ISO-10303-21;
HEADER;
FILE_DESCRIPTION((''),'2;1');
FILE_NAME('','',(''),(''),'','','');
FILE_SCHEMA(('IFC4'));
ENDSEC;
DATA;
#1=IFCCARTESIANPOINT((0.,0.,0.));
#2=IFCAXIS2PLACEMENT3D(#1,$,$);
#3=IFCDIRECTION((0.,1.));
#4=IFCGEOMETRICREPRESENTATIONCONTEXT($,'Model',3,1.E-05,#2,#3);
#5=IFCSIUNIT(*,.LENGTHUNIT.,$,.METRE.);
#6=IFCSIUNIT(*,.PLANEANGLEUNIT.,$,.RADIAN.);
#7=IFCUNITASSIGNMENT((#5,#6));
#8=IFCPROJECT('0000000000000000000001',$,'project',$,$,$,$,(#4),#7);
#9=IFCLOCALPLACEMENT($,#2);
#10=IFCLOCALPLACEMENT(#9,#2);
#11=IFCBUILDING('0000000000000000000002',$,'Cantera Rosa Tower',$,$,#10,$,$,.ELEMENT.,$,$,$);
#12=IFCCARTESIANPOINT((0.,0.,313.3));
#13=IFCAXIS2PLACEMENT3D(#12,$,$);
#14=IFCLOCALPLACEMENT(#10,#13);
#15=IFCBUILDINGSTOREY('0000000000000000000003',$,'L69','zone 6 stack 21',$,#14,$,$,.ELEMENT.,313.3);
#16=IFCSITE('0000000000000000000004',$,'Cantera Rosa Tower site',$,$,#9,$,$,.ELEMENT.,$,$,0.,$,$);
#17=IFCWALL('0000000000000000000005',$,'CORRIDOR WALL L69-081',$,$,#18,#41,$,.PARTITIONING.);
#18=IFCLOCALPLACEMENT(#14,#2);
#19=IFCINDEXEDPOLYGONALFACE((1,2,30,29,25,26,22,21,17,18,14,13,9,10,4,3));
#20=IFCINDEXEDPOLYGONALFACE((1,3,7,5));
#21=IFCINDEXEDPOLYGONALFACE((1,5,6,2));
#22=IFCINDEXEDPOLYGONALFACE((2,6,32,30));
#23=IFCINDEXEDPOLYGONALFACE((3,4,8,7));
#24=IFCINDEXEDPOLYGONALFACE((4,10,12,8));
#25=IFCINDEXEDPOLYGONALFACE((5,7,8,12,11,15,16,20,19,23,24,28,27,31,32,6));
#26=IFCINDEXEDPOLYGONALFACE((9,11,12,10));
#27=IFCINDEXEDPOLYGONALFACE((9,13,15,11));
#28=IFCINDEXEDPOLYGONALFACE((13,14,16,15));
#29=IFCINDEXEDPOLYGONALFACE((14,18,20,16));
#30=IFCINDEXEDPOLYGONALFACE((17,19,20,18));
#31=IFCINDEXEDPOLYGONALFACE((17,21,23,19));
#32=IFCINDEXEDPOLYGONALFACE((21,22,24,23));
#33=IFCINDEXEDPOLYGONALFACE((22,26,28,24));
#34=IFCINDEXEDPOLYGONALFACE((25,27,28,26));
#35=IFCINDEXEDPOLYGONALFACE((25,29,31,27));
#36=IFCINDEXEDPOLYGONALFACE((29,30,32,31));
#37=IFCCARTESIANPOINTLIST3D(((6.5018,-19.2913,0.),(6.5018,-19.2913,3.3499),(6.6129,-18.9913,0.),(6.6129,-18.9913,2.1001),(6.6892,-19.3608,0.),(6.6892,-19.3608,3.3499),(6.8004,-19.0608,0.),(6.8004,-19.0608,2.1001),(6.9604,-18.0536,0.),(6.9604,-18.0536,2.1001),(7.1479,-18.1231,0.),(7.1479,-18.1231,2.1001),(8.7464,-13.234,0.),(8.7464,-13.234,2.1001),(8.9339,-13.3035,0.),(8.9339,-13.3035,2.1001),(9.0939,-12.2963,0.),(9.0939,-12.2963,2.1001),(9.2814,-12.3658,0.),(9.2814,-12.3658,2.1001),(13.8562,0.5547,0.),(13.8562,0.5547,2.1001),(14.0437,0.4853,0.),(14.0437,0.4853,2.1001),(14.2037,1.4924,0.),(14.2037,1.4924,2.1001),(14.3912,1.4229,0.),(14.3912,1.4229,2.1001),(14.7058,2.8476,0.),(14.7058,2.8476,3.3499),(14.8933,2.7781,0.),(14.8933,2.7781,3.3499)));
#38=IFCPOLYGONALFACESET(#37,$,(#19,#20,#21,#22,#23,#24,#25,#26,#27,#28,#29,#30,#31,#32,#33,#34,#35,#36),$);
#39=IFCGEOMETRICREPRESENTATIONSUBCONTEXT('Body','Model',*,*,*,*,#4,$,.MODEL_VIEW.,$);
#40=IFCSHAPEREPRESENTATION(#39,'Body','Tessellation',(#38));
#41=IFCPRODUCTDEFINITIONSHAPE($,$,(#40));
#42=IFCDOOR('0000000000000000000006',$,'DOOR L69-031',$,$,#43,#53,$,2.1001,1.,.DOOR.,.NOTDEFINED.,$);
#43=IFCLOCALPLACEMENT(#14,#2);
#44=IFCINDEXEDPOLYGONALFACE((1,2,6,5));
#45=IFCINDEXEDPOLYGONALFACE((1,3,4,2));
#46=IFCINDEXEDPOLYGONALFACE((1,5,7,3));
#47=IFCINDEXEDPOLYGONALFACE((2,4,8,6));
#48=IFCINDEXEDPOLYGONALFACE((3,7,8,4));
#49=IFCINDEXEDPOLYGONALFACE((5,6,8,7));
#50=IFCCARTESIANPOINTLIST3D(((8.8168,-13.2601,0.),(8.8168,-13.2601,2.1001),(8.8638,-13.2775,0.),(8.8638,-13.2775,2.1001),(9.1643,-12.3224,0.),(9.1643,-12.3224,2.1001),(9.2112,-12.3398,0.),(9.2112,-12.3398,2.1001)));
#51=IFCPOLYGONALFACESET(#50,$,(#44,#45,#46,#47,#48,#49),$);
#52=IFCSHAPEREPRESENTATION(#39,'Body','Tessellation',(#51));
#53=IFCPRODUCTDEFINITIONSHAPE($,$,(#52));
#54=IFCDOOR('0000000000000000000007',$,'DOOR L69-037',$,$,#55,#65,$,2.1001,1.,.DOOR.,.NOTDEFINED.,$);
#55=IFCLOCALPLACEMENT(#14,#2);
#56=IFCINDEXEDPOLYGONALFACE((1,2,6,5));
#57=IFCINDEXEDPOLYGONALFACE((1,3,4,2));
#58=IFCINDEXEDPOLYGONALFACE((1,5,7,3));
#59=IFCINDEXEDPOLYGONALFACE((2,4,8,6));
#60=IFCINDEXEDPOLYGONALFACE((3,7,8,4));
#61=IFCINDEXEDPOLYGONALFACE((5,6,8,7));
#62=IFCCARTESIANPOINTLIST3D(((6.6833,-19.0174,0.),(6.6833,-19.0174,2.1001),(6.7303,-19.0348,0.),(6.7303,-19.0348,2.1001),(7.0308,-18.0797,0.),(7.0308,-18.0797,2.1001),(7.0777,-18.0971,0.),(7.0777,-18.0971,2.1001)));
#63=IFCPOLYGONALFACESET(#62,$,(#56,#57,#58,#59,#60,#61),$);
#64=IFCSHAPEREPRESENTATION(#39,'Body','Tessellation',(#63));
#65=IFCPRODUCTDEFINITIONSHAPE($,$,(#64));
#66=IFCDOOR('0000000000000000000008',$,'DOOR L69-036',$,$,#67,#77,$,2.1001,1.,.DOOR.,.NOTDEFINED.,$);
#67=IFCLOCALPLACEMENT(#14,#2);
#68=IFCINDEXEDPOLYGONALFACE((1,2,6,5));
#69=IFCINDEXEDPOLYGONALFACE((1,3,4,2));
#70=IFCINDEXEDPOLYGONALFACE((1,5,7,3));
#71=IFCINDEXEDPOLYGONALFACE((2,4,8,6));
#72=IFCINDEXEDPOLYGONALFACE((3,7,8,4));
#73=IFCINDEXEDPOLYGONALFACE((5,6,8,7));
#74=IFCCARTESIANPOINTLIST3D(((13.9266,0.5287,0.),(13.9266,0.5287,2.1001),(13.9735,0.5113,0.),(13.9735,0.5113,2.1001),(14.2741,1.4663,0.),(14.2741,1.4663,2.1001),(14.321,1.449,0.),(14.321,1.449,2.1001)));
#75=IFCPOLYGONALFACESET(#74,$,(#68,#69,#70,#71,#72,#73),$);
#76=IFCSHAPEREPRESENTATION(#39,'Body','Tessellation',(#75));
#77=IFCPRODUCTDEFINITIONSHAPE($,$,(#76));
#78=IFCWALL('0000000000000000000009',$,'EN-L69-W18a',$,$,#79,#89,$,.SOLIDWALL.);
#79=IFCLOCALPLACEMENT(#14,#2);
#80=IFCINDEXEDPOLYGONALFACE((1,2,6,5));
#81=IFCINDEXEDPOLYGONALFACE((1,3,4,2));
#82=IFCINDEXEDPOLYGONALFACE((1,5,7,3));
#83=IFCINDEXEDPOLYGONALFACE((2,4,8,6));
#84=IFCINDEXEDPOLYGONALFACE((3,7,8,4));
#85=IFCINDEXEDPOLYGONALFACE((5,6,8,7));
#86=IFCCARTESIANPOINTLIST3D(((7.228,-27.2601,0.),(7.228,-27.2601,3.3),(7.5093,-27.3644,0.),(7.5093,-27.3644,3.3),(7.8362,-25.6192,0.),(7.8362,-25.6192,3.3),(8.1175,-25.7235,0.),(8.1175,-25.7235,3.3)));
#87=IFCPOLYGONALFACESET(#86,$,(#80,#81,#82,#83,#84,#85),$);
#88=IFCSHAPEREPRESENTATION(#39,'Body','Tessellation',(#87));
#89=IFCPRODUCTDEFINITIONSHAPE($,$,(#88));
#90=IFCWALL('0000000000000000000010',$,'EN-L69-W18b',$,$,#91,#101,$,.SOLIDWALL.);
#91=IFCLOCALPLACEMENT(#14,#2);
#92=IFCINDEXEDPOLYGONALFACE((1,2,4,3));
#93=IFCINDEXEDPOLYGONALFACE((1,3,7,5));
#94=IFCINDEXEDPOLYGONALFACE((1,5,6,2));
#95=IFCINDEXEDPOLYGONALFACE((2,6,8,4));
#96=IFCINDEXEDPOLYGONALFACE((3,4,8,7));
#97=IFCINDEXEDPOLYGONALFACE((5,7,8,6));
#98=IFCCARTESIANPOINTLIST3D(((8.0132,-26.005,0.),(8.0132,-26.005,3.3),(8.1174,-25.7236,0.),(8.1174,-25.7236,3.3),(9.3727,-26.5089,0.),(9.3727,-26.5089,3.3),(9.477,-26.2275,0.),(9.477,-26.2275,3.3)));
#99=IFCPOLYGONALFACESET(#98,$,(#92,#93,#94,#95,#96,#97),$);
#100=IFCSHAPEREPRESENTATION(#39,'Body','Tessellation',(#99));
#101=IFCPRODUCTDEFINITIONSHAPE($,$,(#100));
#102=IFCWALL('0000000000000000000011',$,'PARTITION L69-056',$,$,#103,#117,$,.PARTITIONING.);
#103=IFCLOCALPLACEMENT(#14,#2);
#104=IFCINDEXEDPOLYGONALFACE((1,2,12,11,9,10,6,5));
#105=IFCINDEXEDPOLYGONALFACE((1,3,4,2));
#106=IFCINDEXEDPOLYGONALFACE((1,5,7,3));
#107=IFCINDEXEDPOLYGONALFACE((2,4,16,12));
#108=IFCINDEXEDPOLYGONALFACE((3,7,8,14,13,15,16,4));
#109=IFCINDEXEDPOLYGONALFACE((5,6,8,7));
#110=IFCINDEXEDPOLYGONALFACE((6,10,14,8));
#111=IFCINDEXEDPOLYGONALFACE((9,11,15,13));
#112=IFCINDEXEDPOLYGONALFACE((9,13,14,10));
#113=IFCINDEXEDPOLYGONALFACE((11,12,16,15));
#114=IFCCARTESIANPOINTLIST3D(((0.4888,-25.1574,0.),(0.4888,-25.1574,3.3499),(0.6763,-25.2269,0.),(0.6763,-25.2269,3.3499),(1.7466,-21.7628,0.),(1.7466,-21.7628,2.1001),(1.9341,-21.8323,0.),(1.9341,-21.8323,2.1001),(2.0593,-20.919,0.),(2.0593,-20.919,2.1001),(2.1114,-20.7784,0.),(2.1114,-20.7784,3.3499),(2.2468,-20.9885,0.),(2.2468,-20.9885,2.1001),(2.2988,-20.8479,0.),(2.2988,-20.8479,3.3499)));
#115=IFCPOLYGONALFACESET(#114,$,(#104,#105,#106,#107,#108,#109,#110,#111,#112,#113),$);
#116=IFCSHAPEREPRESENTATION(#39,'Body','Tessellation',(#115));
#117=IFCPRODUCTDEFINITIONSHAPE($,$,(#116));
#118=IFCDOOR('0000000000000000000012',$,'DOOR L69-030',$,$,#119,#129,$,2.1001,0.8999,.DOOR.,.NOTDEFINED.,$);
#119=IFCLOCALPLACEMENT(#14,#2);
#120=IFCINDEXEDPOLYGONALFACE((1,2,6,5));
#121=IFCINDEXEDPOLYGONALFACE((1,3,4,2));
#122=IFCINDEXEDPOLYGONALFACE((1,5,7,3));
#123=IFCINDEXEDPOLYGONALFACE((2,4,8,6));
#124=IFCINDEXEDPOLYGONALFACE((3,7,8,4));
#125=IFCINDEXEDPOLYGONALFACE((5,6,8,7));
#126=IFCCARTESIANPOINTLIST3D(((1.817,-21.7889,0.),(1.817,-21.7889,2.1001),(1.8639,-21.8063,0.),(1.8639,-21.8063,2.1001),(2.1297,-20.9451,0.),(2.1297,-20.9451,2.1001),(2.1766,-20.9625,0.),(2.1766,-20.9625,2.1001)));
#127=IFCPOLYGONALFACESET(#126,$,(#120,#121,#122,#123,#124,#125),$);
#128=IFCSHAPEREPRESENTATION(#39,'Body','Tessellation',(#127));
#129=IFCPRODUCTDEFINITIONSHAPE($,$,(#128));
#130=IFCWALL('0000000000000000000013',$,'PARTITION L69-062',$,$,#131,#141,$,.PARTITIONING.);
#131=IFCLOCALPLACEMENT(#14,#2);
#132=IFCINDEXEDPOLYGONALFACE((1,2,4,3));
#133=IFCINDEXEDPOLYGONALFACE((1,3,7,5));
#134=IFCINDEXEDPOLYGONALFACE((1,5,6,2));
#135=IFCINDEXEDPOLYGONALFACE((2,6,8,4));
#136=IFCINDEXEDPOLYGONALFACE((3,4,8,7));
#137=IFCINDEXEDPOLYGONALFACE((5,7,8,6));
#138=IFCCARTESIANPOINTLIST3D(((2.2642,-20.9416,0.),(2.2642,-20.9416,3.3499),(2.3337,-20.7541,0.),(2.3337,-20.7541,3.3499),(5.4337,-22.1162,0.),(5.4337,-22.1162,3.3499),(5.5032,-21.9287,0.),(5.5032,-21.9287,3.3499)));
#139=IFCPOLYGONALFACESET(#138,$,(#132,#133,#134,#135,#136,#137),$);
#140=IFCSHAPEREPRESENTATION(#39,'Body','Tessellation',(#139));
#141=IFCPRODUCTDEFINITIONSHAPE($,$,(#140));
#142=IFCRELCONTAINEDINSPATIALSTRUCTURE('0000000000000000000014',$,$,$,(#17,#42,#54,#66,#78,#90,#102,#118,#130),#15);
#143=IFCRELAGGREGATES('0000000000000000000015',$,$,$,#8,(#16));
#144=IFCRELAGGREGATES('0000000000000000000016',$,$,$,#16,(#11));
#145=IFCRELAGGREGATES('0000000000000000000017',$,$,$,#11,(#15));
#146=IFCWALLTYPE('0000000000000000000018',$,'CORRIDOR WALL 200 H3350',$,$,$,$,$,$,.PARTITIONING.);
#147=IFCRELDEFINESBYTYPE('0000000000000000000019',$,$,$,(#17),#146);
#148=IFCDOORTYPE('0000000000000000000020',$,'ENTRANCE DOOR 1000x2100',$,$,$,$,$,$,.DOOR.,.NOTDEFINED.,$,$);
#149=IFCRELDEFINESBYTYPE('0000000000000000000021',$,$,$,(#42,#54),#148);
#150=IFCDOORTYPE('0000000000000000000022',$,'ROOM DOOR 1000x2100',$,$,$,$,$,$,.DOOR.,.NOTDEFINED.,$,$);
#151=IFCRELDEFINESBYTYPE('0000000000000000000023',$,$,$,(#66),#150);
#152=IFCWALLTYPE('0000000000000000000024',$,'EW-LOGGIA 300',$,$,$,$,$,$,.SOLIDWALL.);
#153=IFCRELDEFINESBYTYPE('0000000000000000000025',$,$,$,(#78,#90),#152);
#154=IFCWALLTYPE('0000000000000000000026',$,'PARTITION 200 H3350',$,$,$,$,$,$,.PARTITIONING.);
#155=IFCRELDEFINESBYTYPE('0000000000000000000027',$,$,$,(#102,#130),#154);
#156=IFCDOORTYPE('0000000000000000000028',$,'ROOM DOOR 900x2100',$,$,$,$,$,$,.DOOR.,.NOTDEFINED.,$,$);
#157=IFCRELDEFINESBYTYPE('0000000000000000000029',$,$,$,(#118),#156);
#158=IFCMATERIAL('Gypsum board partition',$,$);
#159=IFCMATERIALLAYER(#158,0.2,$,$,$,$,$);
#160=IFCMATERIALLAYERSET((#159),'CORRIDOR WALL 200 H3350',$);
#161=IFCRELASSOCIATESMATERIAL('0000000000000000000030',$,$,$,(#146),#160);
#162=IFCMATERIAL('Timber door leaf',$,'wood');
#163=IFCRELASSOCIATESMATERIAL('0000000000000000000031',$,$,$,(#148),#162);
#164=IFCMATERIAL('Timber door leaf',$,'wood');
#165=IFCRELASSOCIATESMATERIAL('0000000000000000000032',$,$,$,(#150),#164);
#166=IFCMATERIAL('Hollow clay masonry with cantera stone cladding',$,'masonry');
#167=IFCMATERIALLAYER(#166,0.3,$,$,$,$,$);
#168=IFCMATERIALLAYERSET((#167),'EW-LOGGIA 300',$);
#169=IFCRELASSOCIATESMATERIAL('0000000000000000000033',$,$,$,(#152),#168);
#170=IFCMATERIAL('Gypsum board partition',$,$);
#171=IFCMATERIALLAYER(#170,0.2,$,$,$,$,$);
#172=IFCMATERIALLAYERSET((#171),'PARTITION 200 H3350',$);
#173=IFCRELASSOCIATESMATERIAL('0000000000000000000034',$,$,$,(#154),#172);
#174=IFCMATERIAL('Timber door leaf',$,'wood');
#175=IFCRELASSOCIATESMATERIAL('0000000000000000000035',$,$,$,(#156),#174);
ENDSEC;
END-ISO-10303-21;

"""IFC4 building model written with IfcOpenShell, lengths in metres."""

from ifc_helpers import new_model, si_unit, direction, frame, frame_2d, origin, place, context, subcontext, project, spatial, rectangle, extrude, material, layer, layer_set, type_object, element, fill, save


model = new_model("IFC4")

# Units and contexts
model_context = context("Model", 3, precision=1e-05, world=origin(), true_north=direction((0.0, 1.0)))
body_context = subcontext(model_context, "Body", "Model", "MODEL_VIEW")
ifc_project = project(units=[si_unit("LENGTHUNIT", "METRE"), si_unit("PLANEANGLEUNIT", "RADIAN")], contexts=[model_context])

# Site, building, storey
site_placement = place(None, origin())
site = spatial("IfcSite", under=ifc_project, at=site_placement, Name="Cantera Rosa Tower site", CompositionType="ELEMENT", RefElevation=0.0)
building_placement = place(site_placement, origin())
building = spatial("IfcBuilding", under=site, at=building_placement, Name="Cantera Rosa Tower", CompositionType="ELEMENT")
storey_placement = place(building_placement, frame((0.0, 0.0, 313.3)))
storey = spatial("IfcBuildingStorey", under=building, at=storey_placement, Name="L69", Description="zone 6 stack 21", CompositionType="ELEMENT", Elevation=313.3)

# Wall, openings, doors
ifc_material_1 = material(Name="Gypsum board partition")
ifc_layer_1 = layer(ifc_material_1, 0.2)
ifc_layer_set_1 = layer_set([ifc_layer_1], Name="CORRIDOR WALL 200 H3350")
wall_type_1 = type_object("IfcWallType", Name="CORRIDOR WALL 200 H3350", PredefinedType="PARTITIONING", material=ifc_layer_set_1)
wall_1_placement = place(storey_placement, frame((6.5955, -19.3262, 0.0), z_axis=(0.0, 0.0, 1.0), x_axis=(0.347482, 0.937687, 0.0)))
wall_1 = element("IfcWall", 1, at=wall_1_placement, inside=storey, type_object=wall_type_1, Name="CORRIDOR WALL L69-081", PredefinedType="PARTITIONING", context=body_context, shape_type="SweptSolid", body=[
    extrude(rectangle(XDim=23.6101, YDim=0.2, at=frame_2d((11.8052, 0.0))), origin(), (0.0, 0.0, 1.0), 3.3499),
])
opening_1_placement = place(wall_1_placement, frame((6.46, 0.0, 0.0)))
opening_1 = element("IfcOpeningElement", 2, at=opening_1_placement, cuts=wall_1, PredefinedType="OPENING", context=body_context, shape_type="SweptSolid", body=[
    extrude(rectangle(XDim=1.0, YDim=2.1001, at=frame_2d((0.5, 1.05))), frame((0.0, 0.1099, 0.0), z_axis=(0.0, -1.0, 0.0), x_axis=(1.0, 0.0, 0.0)), (0.0, 0.0, 1.0), 0.22),
])
opening_2_placement = place(wall_1_placement, frame((21.165, 0.0, 0.0)))
opening_2 = element("IfcOpeningElement", 3, at=opening_2_placement, cuts=wall_1, PredefinedType="OPENING", context=body_context, shape_type="SweptSolid", body=[
    extrude(rectangle(XDim=1.0, YDim=2.1001, at=frame_2d((0.5, 1.05))), frame((0.0, 0.1099, 0.0), z_axis=(0.0, -1.0, 0.0), x_axis=(1.0, 0.0, 0.0)), (0.0, 0.0, 1.0), 0.22),
])
opening_3_placement = place(wall_1_placement, frame((0.3201, 0.0, 0.0)))
opening_3 = element("IfcOpeningElement", 4, at=opening_3_placement, cuts=wall_1, PredefinedType="OPENING", context=body_context, shape_type="SweptSolid", body=[
    extrude(rectangle(XDim=1.0, YDim=2.1001, at=frame_2d((0.5, 1.05))), frame((0.0, 0.1099, 0.0), z_axis=(0.0, -1.0, 0.0), x_axis=(1.0, 0.0, 0.0)), (0.0, 0.0, 1.0), 0.22),
])
ifc_material_2 = material(Name="Timber door leaf", Category="wood")
door_type_1 = type_object("IfcDoorType", Name="ENTRANCE DOOR 1000x2100", OperationType="NOTDEFINED", PredefinedType="DOOR", material=ifc_material_2)
door_1_placement = place(opening_1_placement, origin())
door_1 = element("IfcDoor", 5, at=door_1_placement, inside=storey, type_object=door_type_1, Name="DOOR L69-031", OperationType="NOTDEFINED", OverallHeight=2.1001, OverallWidth=1.0, PredefinedType="DOOR", context=body_context, shape_type="SweptSolid", body=[
    extrude(rectangle(XDim=1.0, YDim=2.1001, at=frame_2d((0.5, 1.05))), frame((0.0, 0.0249, 0.0), z_axis=(0.0, -1.0, 0.0), x_axis=(1.0, 0.0, 0.0)), (0.0, 0.0, 1.0), 0.05),
])
fill(opening_1, door_1)
door_2_placement = place(opening_3_placement, origin())
door_2 = element("IfcDoor", 6, at=door_2_placement, inside=storey, type_object=door_type_1, Name="DOOR L69-037", OperationType="NOTDEFINED", OverallHeight=2.1001, OverallWidth=1.0, PredefinedType="DOOR", context=body_context, shape_type="SweptSolid", body=[
    extrude(rectangle(XDim=1.0, YDim=2.1001, at=frame_2d((0.5, 1.05))), frame((0.0, 0.0249, 0.0), z_axis=(0.0, -1.0, 0.0), x_axis=(1.0, 0.0, 0.0)), (0.0, 0.0, 1.0), 0.05),
])
fill(opening_3, door_2)
ifc_material_3 = material(Name="Timber door leaf", Category="wood")
door_type_2 = type_object("IfcDoorType", Name="ROOM DOOR 1000x2100", OperationType="NOTDEFINED", PredefinedType="DOOR", material=ifc_material_3)
door_3_placement = place(opening_2_placement, origin())
door_3 = element("IfcDoor", 7, at=door_3_placement, inside=storey, type_object=door_type_2, Name="DOOR L69-036", OperationType="NOTDEFINED", OverallHeight=2.1001, OverallWidth=1.0, PredefinedType="DOOR", context=body_context, shape_type="SweptSolid", body=[
    extrude(rectangle(XDim=1.0, YDim=2.1001, at=frame_2d((0.5, 1.05))), frame((0.0, 0.0249, 0.0), z_axis=(0.0, -1.0, 0.0), x_axis=(1.0, 0.0, 0.0)), (0.0, 0.0, 1.0), 0.05),
])
fill(opening_2, door_3)

# Walls
ifc_material_4 = material(Name="Hollow clay masonry with cantera stone cladding", Category="masonry")
ifc_layer_2 = layer(ifc_material_4, 0.3)
ifc_layer_set_2 = layer_set([ifc_layer_2], Name="EW-LOGGIA 300")
wall_type_2 = type_object("IfcWallType", Name="EW-LOGGIA 300", PredefinedType="SOLIDWALL", material=ifc_layer_set_2)
wall_2_placement = place(storey_placement, frame((7.3687, -27.3123, 0.0), z_axis=(0.0, 0.0, 1.0), x_axis=(0.347528, 0.93767, 0.0)))
element("IfcWall", 8, at=wall_2_placement, inside=storey, type_object=wall_type_2, Name="EN-L69-W18a", PredefinedType="SOLIDWALL", context=body_context, shape_type="SweptSolid", body=[
    extrude(rectangle(XDim=1.75, YDim=0.3, at=frame_2d((0.875, 0.0))), origin(), (0.0, 0.0, 1.0), 3.3),
])
wall_3_placement = place(storey_placement, frame((8.0652, -25.8643, 0.0), z_axis=(0.0, 0.0, 1.0), x_axis=(0.937672, -0.347523, 0.0)))
element("IfcWall", 9, at=wall_3_placement, inside=storey, type_object=wall_type_2, Name="EN-L69-W18b", PredefinedType="SOLIDWALL", context=body_context, shape_type="SweptSolid", body=[
    extrude(rectangle(XDim=1.45, YDim=0.3, at=frame_2d((0.7251, 0.0))), origin(), (0.0, 0.0, 1.0), 3.3),
])

# Wall, opening, door
ifc_material_5 = material(Name="Gypsum board partition")
ifc_layer_3 = layer(ifc_material_5, 0.2)
ifc_layer_set_3 = layer_set([ifc_layer_3], Name="PARTITION 200 H3350")
wall_type_3 = type_object("IfcWallType", Name="PARTITION 200 H3350", PredefinedType="PARTITIONING", material=ifc_layer_set_3)
wall_4_placement = place(storey_placement, frame((0.5825, -25.1921, 0.0), z_axis=(0.0, 0.0, 1.0), x_axis=(0.347454, 0.937697, 0.0)))
wall_4 = element("IfcWall", 10, at=wall_4_placement, inside=storey, type_object=wall_type_3, Name="PARTITION L69-056", PredefinedType="PARTITIONING", context=body_context, shape_type="SweptSolid", body=[
    extrude(rectangle(XDim=4.6699, YDim=0.2, at=frame_2d((2.335, 0.0))), origin(), (0.0, 0.0, 1.0), 3.3499),
])
opening_4_placement = place(wall_4_placement, frame((3.6201, 0.0, 0.0)))
opening_4 = element("IfcOpeningElement", 11, at=opening_4_placement, cuts=wall_4, PredefinedType="OPENING", context=body_context, shape_type="SweptSolid", body=[
    extrude(rectangle(XDim=0.8999, YDim=2.1001, at=frame_2d((0.45, 1.05))), frame((0.0, 0.1099, 0.0), z_axis=(0.0, -1.0, 0.0), x_axis=(1.0, 0.0, 0.0)), (0.0, 0.0, 1.0), 0.22),
])
ifc_material_6 = material(Name="Timber door leaf", Category="wood")
door_type_3 = type_object("IfcDoorType", Name="ROOM DOOR 900x2100", OperationType="NOTDEFINED", PredefinedType="DOOR", material=ifc_material_6)
door_4_placement = place(opening_4_placement, origin())
door_4 = element("IfcDoor", 12, at=door_4_placement, inside=storey, type_object=door_type_3, Name="DOOR L69-030", OperationType="NOTDEFINED", OverallHeight=2.1001, OverallWidth=0.8999, PredefinedType="DOOR", context=body_context, shape_type="SweptSolid", body=[
    extrude(rectangle(XDim=0.8999, YDim=2.1001, at=frame_2d((0.45, 1.05))), frame((0.0, 0.0249, 0.0), z_axis=(0.0, -1.0, 0.0), x_axis=(1.0, 0.0, 0.0)), (0.0, 0.0, 1.0), 0.05),
])
fill(opening_4, door_4)

# Wall
wall_5_placement = place(storey_placement, frame((2.2991, -20.8479, 0.0), z_axis=(0.0, 0.0, 1.0), x_axis=(0.937682, -0.347495, 0.0)))
element("IfcWall", 13, at=wall_5_placement, inside=storey, type_object=wall_type_3, Name="PARTITION L69-062", PredefinedType="PARTITIONING", context=body_context, shape_type="SweptSolid", body=[
    extrude(rectangle(XDim=3.3801, YDim=0.2, at=frame_2d((1.6899, 0.0))), origin(), (0.0, 0.0, 1.0), 3.3499),
])

save(model, "model.ifc")
